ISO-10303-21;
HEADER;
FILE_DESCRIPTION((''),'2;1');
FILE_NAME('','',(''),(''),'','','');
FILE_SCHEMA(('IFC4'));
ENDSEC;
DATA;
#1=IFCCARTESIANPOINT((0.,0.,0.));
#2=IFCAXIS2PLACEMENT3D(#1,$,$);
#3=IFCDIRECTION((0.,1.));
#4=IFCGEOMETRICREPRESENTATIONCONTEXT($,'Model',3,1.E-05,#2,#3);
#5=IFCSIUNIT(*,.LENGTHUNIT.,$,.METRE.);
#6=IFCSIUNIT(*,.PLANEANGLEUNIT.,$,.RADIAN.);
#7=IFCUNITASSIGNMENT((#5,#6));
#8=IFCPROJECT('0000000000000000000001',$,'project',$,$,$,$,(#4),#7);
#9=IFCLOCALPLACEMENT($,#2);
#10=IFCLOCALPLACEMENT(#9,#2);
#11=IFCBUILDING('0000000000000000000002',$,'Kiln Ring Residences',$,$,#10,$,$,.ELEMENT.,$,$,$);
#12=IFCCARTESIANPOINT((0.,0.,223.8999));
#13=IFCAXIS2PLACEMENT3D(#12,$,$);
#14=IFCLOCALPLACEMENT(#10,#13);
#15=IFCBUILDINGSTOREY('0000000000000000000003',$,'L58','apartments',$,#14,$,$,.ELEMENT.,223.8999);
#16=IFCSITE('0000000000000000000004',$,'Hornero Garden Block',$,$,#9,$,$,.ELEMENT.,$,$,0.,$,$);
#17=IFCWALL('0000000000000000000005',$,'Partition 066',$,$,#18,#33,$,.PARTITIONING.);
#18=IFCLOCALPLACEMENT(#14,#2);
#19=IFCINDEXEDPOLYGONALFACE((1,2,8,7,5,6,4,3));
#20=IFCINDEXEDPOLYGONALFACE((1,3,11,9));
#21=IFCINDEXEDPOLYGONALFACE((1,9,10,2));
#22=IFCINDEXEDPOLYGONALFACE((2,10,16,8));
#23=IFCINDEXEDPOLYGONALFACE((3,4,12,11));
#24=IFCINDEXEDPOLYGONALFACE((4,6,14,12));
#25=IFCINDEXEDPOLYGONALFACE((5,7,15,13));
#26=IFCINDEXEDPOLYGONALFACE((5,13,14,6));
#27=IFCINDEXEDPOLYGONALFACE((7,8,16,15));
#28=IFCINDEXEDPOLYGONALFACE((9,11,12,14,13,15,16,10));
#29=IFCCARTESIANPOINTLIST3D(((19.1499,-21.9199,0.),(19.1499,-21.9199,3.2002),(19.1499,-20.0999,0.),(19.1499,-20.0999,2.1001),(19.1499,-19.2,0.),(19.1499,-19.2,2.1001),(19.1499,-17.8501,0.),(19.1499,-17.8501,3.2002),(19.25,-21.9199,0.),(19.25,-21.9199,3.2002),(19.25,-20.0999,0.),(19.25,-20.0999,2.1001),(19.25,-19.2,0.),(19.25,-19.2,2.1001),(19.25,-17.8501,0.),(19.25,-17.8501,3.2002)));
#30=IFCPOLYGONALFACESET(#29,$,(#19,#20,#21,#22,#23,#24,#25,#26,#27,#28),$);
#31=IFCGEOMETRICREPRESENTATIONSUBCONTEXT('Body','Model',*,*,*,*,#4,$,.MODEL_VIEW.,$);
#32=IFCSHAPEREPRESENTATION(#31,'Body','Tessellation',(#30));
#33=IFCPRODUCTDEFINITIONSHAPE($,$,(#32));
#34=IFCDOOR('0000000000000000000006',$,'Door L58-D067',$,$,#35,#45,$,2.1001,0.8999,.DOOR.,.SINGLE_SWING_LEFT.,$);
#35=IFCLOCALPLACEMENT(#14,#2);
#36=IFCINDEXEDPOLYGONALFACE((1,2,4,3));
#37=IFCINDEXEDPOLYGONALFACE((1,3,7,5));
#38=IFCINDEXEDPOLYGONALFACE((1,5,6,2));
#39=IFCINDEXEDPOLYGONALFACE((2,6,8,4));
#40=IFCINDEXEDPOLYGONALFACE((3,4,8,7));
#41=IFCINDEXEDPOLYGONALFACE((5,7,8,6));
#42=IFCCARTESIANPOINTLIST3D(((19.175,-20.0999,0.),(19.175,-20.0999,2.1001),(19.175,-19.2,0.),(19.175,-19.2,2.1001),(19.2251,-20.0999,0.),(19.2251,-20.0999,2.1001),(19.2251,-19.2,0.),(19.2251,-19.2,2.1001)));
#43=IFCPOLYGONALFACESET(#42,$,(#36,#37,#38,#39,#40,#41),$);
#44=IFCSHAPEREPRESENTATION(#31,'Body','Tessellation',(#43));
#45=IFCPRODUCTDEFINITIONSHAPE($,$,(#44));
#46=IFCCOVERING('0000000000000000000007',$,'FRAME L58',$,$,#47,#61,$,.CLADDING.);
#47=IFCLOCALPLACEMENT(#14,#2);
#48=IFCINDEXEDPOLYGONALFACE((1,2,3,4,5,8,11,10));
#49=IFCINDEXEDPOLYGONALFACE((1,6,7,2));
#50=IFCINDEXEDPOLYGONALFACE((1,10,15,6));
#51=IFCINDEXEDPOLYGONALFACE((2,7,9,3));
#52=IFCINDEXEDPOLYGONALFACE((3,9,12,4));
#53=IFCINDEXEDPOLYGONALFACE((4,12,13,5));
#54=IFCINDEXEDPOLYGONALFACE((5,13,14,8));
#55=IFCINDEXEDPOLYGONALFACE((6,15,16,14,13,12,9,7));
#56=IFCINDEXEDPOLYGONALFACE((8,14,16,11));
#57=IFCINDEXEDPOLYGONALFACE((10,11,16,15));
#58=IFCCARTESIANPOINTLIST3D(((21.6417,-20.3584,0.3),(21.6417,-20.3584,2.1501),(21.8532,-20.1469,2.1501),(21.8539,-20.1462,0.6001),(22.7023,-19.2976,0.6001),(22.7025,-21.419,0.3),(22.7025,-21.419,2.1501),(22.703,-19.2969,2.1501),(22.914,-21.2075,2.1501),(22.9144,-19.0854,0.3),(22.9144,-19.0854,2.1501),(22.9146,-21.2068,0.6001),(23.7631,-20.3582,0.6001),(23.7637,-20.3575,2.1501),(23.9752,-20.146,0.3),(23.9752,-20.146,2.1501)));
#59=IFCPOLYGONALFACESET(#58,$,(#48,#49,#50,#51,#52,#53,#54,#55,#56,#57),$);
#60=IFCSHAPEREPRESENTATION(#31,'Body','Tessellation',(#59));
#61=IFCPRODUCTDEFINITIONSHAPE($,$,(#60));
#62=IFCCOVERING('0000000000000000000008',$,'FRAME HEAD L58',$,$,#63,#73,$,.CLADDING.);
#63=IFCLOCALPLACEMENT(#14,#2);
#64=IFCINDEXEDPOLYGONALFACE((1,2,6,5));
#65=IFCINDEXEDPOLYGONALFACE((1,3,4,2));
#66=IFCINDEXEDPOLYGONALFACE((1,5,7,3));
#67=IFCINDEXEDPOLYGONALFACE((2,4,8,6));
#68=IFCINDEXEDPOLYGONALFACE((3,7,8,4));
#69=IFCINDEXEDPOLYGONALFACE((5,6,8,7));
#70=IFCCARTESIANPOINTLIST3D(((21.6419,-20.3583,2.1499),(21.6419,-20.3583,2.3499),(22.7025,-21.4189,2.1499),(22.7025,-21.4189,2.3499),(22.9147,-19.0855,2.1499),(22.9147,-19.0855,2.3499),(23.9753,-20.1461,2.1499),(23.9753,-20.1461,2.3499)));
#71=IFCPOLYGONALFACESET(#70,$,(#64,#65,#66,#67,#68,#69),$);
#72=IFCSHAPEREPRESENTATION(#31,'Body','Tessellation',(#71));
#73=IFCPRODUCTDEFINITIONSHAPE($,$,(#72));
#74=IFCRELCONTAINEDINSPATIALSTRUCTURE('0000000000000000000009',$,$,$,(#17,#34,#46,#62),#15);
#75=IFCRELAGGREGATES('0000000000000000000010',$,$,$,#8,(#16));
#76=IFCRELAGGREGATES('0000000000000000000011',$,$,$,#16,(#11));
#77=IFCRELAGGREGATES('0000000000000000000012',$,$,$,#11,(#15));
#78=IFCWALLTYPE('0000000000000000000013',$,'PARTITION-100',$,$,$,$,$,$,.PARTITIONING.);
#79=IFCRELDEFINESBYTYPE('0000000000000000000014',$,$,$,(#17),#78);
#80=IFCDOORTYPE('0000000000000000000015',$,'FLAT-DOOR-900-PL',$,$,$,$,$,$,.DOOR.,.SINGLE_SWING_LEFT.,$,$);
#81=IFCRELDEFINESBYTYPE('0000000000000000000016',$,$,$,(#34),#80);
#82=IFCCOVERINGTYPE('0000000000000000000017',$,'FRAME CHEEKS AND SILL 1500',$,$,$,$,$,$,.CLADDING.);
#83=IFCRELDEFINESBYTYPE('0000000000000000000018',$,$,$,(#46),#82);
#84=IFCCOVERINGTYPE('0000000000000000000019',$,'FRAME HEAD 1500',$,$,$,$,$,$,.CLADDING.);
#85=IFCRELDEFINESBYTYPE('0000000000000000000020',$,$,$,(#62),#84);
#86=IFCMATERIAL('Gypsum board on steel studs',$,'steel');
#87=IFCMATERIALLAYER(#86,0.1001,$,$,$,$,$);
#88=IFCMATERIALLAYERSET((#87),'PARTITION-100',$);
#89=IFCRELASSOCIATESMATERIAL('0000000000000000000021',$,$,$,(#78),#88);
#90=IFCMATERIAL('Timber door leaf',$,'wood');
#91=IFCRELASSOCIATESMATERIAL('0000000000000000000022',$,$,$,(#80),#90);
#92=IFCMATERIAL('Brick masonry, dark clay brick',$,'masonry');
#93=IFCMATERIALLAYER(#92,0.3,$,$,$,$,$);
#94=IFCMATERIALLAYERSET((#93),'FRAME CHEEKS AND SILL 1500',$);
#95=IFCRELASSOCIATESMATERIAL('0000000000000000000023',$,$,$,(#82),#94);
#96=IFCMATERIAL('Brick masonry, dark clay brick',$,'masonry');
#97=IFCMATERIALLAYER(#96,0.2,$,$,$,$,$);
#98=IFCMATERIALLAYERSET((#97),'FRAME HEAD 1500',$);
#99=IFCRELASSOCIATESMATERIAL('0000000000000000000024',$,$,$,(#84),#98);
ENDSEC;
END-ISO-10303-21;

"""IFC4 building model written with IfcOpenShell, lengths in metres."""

from ifc_helpers import new_model, si_unit, direction, frame, frame_2d, origin, origin_2d, place, context, subcontext, project, spatial, polyline, rectangle, outline, extrude, material, layer, layer_set, type_object, element, fill, save


model = new_model("IFC4")

# Units and contexts
model_context = context("Model", 3, precision=1e-05, world=origin(), true_north=direction((0.0, 1.0)))
body_context = subcontext(model_context, "Body", "Model", "MODEL_VIEW")
ifc_project = project(units=[si_unit("LENGTHUNIT", "METRE"), si_unit("PLANEANGLEUNIT", "RADIAN")], contexts=[model_context])

# Site, building, storey
site_placement = place(None, origin())
site = spatial("IfcSite", under=ifc_project, at=site_placement, Name="Hornero Garden Block", CompositionType="ELEMENT", RefElevation=0.0)
building_placement = place(site_placement, origin())
building = spatial("IfcBuilding", under=site, at=building_placement, Name="Kiln Ring Residences", CompositionType="ELEMENT")
storey_placement = place(building_placement, frame((0.0, 0.0, 223.8999)))
storey = spatial("IfcBuildingStorey", under=building, at=storey_placement, Name="L58", Description="apartments", CompositionType="ELEMENT", Elevation=223.8999)

# Shared definitions
ifc_material_1 = material(Name="Gypsum board on steel studs", Category="steel")
ifc_layer_1 = layer(ifc_material_1, 0.1001)
ifc_layer_set_1 = layer_set([ifc_layer_1], Name="PARTITION-100")
wall_type_1 = type_object("IfcWallType", Name="PARTITION-100", PredefinedType="PARTITIONING", material=ifc_layer_set_1)

# Wall, opening, door
wall_1_placement = place(storey_placement, frame((19.2, -21.9199, 0.0), z_axis=(0.0, 0.0, 1.0), x_axis=(0.0, 1.0, 0.0)))
wall_1 = element("IfcWall", 1, at=wall_1_placement, inside=storey, type_object=wall_type_1, Name="Partition 066", PredefinedType="PARTITIONING", context=body_context, shape_type="SweptSolid", body=[
    extrude(rectangle(XDim=4.0698, YDim=0.1001, at=frame_2d((2.0349, 0.0))), origin(), (0.0, 0.0, 1.0), 3.2002),
])
opening_1_placement = place(wall_1_placement, frame((1.8201, 0.0, 0.0)))
opening_1 = element("IfcOpeningElement", 2, at=opening_1_placement, cuts=wall_1, PredefinedType="OPENING", context=body_context, shape_type="SweptSolid", body=[
    extrude(rectangle(XDim=0.8999, YDim=2.1001, at=frame_2d((0.45, 1.05))), frame((0.0, 0.0601, 0.0), z_axis=(0.0, -1.0, 0.0), x_axis=(1.0, 0.0, 0.0)), (0.0, 0.0, 1.0), 0.1201),
])
ifc_material_2 = material(Name="Timber door leaf", Category="wood")
door_type_1 = type_object("IfcDoorType", Name="FLAT-DOOR-900-PL", OperationType="SINGLE_SWING_LEFT", PredefinedType="DOOR", material=ifc_material_2)
door_1_placement = place(opening_1_placement, origin())
door_1 = element("IfcDoor", 3, at=door_1_placement, inside=storey, type_object=door_type_1, Name="Door L58-D067", OperationType="SINGLE_SWING_LEFT", OverallHeight=2.1001, OverallWidth=0.8999, PredefinedType="DOOR", context=body_context, shape_type="SweptSolid", body=[
    extrude(rectangle(XDim=0.8999, YDim=2.1001, at=frame_2d((0.45, 1.05))), frame((0.0, 0.0249, 0.0), z_axis=(0.0, -1.0, 0.0), x_axis=(1.0, 0.0, 0.0)), (0.0, 0.0, 1.0), 0.05),
])
fill(opening_1, door_1)

# Coverings
ifc_material_3 = material(Name="Brick masonry, dark clay brick", Category="masonry")
ifc_layer_2 = layer(ifc_material_3, 0.3)
ifc_layer_set_2 = layer_set([ifc_layer_2], Name="FRAME CHEEKS AND SILL 1500")
covering_type_1 = type_object("IfcCoveringType", Name="FRAME CHEEKS AND SILL 1500", PredefinedType="CLADDING", material=ifc_layer_set_2)
covering_1_placement = place(storey_placement, frame((22.1721, -20.8887, 0.3), z_axis=(0.0, 0.0, 1.0), x_axis=(0.707039, 0.707175, 0.0)))
element("IfcCovering", 4, at=covering_1_placement, inside=storey, type_object=covering_type_1, Name="FRAME L58", PredefinedType="CLADDING", context=body_context, shape_type="SweptSolid", body=[
    extrude(outline(polyline([(0.0, 0.0), (1.8, 0.0), (1.8, 1.8501), (1.501, 1.8501), (1.5, 0.3), (0.3, 0.3), (0.2991, 1.8501), (0.0, 1.8501), (0.0, 0.0)])), frame((0.0, 0.75, 0.0), z_axis=(0.0, -1.0, 0.0), x_axis=(1.0, 0.0, 0.0)), (0.0, 0.0, 1.0), 1.5),
])
ifc_material_4 = material(Name="Brick masonry, dark clay brick", Category="masonry")
ifc_layer_3 = layer(ifc_material_4, 0.2)
ifc_layer_set_3 = layer_set([ifc_layer_3], Name="FRAME HEAD 1500")
covering_type_2 = type_object("IfcCoveringType", Name="FRAME HEAD 1500", PredefinedType="CLADDING", material=ifc_layer_set_3)
covering_2_placement = place(storey_placement, frame((22.8086, -20.2522, 2.1499), z_axis=(0.0, 0.0, 1.0), x_axis=(0.707107, 0.707107, 0.0)))
element("IfcCovering", 5, at=covering_2_placement, inside=storey, type_object=covering_type_2, Name="FRAME HEAD L58", PredefinedType="CLADDING", context=body_context, shape_type="SweptSolid", body=[
    extrude(rectangle(XDim=1.8, YDim=1.5, at=origin_2d()), origin(), (0.0, 0.0, 1.0), 0.2),
])

save(model, "model.ifc")
